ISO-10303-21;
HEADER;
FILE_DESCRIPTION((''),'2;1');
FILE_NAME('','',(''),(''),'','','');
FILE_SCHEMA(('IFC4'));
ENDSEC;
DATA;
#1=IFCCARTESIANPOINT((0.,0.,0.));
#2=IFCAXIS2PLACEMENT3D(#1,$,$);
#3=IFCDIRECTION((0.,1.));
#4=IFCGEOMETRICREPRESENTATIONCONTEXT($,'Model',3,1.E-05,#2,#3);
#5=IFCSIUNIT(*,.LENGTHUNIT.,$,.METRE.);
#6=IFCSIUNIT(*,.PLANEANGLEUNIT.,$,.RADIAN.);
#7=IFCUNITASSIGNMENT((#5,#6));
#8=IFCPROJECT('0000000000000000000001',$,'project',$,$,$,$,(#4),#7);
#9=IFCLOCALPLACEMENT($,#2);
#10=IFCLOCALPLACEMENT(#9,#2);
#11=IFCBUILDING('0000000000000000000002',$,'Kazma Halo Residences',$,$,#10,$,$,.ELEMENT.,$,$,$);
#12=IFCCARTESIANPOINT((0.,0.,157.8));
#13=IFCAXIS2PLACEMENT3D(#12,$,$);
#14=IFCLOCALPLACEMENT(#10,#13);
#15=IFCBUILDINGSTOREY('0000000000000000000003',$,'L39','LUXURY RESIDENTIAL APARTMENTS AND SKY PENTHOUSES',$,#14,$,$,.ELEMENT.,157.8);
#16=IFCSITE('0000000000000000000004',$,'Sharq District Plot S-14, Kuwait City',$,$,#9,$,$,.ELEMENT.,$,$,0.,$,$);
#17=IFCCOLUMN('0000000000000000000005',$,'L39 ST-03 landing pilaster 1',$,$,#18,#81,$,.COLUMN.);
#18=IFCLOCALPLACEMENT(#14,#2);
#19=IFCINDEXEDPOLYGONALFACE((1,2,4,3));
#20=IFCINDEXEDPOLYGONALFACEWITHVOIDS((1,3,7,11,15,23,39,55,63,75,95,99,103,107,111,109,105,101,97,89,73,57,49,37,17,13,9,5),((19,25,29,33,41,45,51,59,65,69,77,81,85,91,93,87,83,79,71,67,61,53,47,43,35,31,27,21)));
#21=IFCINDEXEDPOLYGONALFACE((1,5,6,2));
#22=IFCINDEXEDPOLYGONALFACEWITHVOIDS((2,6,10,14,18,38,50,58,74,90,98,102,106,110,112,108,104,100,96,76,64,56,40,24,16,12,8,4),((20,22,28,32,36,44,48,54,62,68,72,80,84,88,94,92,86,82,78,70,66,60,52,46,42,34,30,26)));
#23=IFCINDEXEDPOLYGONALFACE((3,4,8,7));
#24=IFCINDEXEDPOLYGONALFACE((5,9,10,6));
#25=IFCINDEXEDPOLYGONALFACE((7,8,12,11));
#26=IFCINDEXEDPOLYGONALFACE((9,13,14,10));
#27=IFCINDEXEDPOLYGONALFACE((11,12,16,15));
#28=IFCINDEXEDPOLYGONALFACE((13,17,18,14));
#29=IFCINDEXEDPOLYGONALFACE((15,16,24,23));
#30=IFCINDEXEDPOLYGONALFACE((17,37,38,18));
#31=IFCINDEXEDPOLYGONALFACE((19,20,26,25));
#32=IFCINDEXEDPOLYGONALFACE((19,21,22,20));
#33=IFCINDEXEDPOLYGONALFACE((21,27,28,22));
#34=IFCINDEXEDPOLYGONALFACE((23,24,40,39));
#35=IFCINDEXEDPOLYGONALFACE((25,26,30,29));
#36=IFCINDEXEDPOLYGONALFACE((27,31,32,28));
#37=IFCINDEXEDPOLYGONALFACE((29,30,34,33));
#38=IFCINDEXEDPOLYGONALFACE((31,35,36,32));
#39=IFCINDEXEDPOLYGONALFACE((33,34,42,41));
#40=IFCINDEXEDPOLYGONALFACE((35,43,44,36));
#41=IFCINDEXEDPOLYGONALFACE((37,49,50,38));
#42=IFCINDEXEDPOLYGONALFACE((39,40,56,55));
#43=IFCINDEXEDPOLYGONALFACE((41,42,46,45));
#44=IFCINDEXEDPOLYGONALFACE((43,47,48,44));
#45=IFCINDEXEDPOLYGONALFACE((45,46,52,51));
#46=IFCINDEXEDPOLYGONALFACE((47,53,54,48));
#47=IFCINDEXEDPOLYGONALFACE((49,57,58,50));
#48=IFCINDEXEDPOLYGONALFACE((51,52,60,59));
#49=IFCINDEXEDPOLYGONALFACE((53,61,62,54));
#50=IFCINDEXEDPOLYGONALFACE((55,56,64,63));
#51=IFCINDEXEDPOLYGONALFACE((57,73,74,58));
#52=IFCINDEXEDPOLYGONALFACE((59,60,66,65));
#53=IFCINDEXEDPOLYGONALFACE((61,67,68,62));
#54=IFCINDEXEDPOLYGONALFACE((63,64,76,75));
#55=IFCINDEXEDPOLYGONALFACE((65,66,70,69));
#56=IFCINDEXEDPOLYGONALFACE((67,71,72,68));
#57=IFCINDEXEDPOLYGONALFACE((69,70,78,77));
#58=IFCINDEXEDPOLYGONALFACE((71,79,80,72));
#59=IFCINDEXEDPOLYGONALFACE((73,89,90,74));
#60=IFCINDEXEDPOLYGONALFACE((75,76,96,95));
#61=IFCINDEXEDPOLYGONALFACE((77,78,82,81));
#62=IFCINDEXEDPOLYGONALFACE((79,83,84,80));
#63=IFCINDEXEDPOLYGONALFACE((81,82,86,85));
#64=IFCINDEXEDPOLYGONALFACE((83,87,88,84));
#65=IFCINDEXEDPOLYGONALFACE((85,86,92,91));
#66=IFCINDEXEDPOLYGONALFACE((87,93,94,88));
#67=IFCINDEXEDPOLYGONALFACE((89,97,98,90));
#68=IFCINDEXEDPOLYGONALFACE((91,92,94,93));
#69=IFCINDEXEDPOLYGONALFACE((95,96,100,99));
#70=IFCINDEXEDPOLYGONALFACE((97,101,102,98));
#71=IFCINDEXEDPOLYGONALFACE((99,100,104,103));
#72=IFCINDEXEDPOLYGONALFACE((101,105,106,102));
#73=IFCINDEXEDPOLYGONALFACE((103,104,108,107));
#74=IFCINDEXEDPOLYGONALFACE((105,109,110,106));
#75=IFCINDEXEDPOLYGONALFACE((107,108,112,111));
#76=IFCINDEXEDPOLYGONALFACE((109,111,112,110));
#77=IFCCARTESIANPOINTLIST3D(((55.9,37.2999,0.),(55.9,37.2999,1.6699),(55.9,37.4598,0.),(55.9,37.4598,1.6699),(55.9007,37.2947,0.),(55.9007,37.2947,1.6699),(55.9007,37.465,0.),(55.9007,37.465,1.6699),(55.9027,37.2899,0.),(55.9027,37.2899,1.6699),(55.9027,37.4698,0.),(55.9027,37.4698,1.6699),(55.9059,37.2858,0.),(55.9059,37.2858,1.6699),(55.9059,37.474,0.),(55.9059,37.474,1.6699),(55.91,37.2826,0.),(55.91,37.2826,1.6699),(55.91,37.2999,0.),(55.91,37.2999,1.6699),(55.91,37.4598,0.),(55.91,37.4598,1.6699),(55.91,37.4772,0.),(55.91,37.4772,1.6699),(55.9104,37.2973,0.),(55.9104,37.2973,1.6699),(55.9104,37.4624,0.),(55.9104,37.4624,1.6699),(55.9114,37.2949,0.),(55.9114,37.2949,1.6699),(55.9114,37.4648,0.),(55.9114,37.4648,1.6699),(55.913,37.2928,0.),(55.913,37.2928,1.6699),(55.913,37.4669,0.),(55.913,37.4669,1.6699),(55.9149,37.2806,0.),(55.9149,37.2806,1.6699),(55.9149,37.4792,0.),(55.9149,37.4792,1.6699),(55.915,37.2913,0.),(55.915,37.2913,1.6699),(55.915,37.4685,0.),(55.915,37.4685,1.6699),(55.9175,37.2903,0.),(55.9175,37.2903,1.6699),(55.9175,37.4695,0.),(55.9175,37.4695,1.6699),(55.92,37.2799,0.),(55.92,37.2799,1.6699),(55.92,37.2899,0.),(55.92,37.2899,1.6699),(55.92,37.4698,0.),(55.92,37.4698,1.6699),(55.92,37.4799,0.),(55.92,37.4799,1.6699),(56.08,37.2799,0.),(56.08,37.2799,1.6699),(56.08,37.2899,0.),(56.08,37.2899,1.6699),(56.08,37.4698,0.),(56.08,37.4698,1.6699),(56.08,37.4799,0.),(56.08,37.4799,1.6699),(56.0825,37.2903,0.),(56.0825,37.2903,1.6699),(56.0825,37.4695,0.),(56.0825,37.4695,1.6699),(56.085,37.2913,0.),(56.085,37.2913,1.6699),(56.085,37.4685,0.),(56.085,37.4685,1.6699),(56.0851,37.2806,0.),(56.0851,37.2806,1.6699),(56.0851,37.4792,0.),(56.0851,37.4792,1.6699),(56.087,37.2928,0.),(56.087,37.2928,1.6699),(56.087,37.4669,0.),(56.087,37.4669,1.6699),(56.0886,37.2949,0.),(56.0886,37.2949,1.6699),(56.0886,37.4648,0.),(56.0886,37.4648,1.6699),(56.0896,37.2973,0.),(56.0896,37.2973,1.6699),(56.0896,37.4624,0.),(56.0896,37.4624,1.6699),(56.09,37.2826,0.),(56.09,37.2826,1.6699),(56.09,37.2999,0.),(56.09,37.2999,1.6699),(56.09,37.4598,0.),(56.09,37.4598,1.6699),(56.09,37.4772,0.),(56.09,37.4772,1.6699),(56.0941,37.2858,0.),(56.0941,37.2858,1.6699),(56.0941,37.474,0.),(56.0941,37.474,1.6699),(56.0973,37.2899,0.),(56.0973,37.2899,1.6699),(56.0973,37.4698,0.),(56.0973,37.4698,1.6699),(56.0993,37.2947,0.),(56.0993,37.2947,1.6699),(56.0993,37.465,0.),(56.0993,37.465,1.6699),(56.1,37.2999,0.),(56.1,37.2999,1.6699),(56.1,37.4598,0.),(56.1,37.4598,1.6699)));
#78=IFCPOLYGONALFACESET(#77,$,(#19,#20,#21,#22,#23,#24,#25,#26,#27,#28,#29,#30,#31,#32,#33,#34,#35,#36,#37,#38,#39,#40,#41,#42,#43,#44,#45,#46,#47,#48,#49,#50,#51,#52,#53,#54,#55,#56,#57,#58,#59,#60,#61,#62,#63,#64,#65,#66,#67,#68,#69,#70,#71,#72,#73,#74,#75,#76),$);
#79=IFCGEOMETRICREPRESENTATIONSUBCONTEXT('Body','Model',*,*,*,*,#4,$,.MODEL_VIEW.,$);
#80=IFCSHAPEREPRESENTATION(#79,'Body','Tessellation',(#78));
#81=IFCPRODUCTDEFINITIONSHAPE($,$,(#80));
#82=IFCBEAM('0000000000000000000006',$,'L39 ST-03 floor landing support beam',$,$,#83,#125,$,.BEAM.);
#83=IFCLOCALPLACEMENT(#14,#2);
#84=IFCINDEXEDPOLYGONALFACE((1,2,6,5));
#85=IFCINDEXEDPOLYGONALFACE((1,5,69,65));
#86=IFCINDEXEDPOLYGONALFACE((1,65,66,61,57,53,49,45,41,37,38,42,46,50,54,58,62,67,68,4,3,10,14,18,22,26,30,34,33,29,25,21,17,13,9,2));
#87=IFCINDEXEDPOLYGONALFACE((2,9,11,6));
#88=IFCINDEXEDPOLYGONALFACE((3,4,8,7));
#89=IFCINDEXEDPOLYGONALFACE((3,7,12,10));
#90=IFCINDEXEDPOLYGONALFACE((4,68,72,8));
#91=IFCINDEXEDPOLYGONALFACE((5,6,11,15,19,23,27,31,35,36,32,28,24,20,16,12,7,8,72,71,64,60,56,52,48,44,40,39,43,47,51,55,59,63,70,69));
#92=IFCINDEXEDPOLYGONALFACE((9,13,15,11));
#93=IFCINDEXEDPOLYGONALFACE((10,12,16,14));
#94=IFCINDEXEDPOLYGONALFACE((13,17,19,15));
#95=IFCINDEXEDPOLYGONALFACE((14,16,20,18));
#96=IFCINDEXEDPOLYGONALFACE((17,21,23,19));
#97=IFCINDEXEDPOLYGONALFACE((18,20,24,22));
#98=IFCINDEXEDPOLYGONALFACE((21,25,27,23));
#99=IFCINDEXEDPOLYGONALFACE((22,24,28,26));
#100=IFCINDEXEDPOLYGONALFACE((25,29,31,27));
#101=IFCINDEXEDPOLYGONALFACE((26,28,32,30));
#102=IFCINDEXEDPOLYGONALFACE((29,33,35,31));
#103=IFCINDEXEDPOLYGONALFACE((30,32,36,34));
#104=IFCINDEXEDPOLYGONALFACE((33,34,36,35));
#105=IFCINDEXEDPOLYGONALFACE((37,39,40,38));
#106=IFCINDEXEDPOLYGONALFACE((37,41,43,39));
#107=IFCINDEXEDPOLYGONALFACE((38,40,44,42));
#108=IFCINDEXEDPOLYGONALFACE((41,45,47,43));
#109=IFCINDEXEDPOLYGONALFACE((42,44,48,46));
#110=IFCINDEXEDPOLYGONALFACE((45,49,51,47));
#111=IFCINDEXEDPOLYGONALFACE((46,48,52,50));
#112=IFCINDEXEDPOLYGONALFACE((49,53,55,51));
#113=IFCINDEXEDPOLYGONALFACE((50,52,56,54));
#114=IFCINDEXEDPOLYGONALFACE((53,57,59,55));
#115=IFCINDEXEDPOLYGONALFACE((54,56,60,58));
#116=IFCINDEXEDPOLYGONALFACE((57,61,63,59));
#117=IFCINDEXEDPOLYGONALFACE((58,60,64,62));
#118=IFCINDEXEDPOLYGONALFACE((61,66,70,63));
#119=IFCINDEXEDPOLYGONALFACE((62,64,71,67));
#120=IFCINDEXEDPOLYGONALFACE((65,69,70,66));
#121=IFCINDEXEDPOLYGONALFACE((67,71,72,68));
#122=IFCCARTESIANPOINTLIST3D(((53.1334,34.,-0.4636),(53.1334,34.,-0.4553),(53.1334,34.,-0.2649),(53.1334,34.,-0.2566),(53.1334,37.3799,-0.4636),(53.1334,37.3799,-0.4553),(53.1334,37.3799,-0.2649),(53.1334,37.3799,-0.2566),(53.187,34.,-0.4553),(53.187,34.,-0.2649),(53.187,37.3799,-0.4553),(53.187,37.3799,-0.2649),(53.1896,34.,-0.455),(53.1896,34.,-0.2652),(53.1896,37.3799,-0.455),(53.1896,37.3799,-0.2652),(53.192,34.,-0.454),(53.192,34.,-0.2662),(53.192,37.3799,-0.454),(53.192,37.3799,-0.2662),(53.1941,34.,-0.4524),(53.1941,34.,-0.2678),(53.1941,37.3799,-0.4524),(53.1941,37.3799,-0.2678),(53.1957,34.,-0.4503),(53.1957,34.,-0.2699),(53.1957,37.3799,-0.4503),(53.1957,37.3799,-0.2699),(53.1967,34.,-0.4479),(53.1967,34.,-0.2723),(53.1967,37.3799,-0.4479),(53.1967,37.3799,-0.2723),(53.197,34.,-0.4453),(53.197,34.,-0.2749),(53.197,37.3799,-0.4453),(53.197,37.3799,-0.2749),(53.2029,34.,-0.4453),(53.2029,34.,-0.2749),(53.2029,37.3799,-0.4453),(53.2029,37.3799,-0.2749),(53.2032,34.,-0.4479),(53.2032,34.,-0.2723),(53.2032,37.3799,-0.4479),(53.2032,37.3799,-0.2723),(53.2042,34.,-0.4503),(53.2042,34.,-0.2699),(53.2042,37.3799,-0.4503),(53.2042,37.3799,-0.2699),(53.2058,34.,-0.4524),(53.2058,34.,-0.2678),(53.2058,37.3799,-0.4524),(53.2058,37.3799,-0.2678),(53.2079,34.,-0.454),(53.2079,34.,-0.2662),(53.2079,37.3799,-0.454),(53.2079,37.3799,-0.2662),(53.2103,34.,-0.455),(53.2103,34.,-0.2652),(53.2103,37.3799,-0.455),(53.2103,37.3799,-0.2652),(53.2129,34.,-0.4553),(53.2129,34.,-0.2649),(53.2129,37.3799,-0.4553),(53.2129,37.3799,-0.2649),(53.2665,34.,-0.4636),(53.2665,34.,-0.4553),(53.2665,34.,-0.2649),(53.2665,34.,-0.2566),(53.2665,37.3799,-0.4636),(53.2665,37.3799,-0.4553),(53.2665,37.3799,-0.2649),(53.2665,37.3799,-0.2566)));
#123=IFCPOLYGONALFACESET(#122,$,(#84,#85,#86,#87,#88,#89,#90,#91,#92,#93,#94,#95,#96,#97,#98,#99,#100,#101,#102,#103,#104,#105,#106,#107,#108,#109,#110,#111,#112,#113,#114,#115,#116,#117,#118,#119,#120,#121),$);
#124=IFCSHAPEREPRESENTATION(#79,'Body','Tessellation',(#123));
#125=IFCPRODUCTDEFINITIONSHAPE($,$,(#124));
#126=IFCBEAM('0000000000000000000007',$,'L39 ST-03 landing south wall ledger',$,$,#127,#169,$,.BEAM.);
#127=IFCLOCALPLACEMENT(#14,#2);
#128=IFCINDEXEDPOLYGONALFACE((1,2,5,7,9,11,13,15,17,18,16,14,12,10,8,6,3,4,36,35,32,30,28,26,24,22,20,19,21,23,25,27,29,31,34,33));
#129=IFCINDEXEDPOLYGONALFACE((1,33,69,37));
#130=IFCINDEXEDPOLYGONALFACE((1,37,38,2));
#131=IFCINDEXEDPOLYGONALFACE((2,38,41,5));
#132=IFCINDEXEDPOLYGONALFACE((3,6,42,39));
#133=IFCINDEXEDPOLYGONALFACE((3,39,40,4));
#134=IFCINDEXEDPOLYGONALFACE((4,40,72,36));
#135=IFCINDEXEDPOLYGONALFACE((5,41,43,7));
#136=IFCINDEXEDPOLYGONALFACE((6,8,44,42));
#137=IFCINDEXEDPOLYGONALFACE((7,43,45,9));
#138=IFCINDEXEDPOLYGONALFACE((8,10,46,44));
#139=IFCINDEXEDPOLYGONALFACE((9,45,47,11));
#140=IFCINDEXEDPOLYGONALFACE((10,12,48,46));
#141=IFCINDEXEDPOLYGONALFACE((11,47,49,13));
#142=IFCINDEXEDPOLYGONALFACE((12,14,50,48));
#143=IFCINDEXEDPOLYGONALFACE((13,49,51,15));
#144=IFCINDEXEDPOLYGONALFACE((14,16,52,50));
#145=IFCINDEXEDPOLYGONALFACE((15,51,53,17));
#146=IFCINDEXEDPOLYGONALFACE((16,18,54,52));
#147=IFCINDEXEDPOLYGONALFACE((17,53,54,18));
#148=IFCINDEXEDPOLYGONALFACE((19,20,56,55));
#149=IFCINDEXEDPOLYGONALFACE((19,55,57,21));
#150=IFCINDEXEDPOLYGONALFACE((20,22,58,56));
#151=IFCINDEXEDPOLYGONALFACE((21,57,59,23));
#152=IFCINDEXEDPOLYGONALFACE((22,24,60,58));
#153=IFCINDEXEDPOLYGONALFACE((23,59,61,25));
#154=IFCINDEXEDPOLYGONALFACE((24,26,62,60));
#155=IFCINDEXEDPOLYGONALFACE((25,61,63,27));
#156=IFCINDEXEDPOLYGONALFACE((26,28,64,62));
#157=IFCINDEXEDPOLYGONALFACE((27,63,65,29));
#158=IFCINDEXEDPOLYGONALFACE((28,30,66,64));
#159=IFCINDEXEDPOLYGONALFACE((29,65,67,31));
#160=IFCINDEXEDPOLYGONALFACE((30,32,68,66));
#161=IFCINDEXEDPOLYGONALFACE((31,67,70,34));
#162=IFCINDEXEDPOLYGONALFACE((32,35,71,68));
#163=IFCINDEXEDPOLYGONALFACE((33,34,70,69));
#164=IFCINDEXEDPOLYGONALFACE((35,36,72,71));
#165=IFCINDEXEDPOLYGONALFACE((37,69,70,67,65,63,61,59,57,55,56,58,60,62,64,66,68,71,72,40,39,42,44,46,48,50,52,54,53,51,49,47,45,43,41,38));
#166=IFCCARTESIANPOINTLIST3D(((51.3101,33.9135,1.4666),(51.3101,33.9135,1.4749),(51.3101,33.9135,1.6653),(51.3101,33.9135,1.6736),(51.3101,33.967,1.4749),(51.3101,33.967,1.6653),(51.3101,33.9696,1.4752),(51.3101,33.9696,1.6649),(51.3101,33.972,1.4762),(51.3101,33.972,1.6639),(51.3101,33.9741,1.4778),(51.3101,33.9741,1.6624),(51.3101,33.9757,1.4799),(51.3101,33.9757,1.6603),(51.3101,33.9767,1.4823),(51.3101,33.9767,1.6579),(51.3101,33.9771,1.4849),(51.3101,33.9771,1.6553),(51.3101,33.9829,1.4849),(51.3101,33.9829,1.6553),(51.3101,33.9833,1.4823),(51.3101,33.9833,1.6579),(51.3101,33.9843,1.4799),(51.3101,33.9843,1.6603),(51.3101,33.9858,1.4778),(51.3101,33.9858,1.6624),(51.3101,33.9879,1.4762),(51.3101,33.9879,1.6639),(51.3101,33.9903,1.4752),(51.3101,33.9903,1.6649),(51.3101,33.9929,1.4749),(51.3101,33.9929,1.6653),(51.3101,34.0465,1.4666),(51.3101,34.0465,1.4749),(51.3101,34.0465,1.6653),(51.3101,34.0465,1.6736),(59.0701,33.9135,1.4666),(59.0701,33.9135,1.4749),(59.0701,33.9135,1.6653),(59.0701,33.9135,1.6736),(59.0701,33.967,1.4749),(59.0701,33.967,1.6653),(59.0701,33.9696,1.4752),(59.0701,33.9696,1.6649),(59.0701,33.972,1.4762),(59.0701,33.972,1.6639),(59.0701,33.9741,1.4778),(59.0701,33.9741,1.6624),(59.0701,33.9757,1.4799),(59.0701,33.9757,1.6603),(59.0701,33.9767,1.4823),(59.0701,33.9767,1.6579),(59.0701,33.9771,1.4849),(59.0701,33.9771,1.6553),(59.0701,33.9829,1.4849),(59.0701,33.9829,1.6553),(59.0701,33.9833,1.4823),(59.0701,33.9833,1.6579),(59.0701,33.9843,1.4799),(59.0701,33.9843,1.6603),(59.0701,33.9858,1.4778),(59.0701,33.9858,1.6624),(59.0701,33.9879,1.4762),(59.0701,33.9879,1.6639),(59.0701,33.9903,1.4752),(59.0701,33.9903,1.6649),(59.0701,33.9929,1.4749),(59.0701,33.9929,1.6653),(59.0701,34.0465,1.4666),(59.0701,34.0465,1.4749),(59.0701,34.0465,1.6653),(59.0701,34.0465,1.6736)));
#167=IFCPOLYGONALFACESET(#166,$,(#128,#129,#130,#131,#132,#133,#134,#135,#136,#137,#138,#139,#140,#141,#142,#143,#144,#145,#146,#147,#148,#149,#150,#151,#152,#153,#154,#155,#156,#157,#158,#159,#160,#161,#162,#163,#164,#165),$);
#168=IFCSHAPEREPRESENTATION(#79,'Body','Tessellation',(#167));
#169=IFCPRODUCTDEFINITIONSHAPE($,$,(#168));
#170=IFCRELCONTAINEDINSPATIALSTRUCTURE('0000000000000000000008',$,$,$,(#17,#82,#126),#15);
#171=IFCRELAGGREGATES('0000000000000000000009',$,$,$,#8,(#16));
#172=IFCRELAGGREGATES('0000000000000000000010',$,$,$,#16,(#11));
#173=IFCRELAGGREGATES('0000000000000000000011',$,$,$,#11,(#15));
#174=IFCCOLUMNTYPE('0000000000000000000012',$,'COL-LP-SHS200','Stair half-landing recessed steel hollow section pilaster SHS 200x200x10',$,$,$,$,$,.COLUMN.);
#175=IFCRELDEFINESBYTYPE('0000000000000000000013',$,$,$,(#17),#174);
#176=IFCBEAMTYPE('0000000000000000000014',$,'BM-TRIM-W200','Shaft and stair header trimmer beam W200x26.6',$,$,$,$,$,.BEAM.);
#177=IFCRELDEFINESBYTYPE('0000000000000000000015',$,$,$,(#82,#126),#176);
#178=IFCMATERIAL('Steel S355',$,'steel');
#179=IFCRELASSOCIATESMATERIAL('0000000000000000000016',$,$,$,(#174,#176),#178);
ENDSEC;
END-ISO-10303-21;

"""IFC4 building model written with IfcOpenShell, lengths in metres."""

from ifc_helpers import new_model, si_unit, direction, frame, origin, origin_2d, place, context, subcontext, project, spatial, hollow_rectangle, i_section, extrude, material, material_profile, profile_set, type_object, element, save


model = new_model("IFC4")

# Units and contexts
model_context = context("Model", 3, precision=1e-05, world=origin(), true_north=direction((0.0, 1.0)))
body_context = subcontext(model_context, "Body", "Model", "MODEL_VIEW")
ifc_project = project(units=[si_unit("LENGTHUNIT", "METRE"), si_unit("PLANEANGLEUNIT", "RADIAN")], contexts=[model_context])

# Site, building, storey
site_placement = place(None, origin())
site = spatial("IfcSite", under=ifc_project, at=site_placement, Name="Sharq District Plot S-14, Kuwait City", CompositionType="ELEMENT", RefElevation=0.0)
building_placement = place(site_placement, origin())
building = spatial("IfcBuilding", under=site, at=building_placement, Name="Kazma Halo Residences", CompositionType="ELEMENT")
storey_placement = place(building_placement, frame((0.0, 0.0, 157.8)))
storey = spatial("IfcBuildingStorey", under=building, at=storey_placement, Name="L39", Description="LUXURY RESIDENTIAL APARTMENTS AND SKY PENTHOUSES", CompositionType="ELEMENT", Elevation=157.8)

# Column
ifc_material_1 = material(Name="Steel S355", Category="steel")
ifc_material_profile_1 = material_profile(ifc_material_1, hollow_rectangle(XDim=0.2, YDim=0.2, WallThickness=0.01, InnerFilletRadius=0.01, OuterFilletRadius=0.02, at=origin_2d()), Name="SHS200x200x10")
ifc_profile_set_1 = profile_set([ifc_material_profile_1], Name="Steel S355")
column_type = type_object("IfcColumnType", Name="COL-LP-SHS200", Description="Stair half-landing recessed steel hollow section pilaster SHS 200x200x10", PredefinedType="COLUMN", material=ifc_profile_set_1)
column_placement = place(storey_placement, frame((56.0, 37.3799, 0.0), z_axis=(0.0, 0.0, 1.0), x_axis=(1.0, 0.0, 0.0)))
element("IfcColumn", 1, at=column_placement, inside=storey, type_object=column_type, Name="L39 ST-03 landing pilaster 1", PredefinedType="COLUMN", context=body_context, shape_type="SweptSolid", body=[
    extrude(hollow_rectangle(XDim=0.2, YDim=0.2, WallThickness=0.01, InnerFilletRadius=0.01, OuterFilletRadius=0.02, at=origin_2d()), origin(), (0.0, 0.0, 1.0), 1.6699),
])

# Beams
ifc_material_profile_2 = material_profile(ifc_material_1, i_section(OverallWidth=0.1331, OverallDepth=0.207, WebThickness=0.0059, FlangeThickness=0.0083, FilletRadius=0.01, at=origin_2d()), Name="W200x26.6")
ifc_profile_set_2 = profile_set([ifc_material_profile_2], Name="Steel S355")
beam_type = type_object("IfcBeamType", Name="BM-TRIM-W200", Description="Shaft and stair header trimmer beam W200x26.6", PredefinedType="BEAM", material=ifc_profile_set_2)
beam_1_placement = place(storey_placement, frame((53.2, 34.0, -0.3601), z_axis=(0.0, 1.0, 0.0), x_axis=(-1.0, 0.0, 0.0)))
element("IfcBeam", 2, at=beam_1_placement, inside=storey, type_object=beam_type, Name="L39 ST-03 floor landing support beam", PredefinedType="BEAM", context=body_context, shape_type="SweptSolid", body=[
    extrude(i_section(OverallWidth=0.1331, OverallDepth=0.207, WebThickness=0.0059, FlangeThickness=0.0083, FilletRadius=0.01, at=origin_2d()), origin(), (0.0, 0.0, 1.0), 3.3799),
])
beam_2_placement = place(storey_placement, frame((51.3101, 33.98, 1.5701), z_axis=(1.0, 0.0, 0.0), x_axis=(0.0, 1.0, 0.0)))
element("IfcBeam", 3, at=beam_2_placement, inside=storey, type_object=beam_type, Name="L39 ST-03 landing south wall ledger", PredefinedType="BEAM", context=body_context, shape_type="SweptSolid", body=[
    extrude(i_section(OverallWidth=0.1331, OverallDepth=0.207, WebThickness=0.0059, FlangeThickness=0.0083, FilletRadius=0.01, at=origin_2d()), origin(), (0.0, 0.0, 1.0), 7.76),
])

save(model, "model.ifc")
